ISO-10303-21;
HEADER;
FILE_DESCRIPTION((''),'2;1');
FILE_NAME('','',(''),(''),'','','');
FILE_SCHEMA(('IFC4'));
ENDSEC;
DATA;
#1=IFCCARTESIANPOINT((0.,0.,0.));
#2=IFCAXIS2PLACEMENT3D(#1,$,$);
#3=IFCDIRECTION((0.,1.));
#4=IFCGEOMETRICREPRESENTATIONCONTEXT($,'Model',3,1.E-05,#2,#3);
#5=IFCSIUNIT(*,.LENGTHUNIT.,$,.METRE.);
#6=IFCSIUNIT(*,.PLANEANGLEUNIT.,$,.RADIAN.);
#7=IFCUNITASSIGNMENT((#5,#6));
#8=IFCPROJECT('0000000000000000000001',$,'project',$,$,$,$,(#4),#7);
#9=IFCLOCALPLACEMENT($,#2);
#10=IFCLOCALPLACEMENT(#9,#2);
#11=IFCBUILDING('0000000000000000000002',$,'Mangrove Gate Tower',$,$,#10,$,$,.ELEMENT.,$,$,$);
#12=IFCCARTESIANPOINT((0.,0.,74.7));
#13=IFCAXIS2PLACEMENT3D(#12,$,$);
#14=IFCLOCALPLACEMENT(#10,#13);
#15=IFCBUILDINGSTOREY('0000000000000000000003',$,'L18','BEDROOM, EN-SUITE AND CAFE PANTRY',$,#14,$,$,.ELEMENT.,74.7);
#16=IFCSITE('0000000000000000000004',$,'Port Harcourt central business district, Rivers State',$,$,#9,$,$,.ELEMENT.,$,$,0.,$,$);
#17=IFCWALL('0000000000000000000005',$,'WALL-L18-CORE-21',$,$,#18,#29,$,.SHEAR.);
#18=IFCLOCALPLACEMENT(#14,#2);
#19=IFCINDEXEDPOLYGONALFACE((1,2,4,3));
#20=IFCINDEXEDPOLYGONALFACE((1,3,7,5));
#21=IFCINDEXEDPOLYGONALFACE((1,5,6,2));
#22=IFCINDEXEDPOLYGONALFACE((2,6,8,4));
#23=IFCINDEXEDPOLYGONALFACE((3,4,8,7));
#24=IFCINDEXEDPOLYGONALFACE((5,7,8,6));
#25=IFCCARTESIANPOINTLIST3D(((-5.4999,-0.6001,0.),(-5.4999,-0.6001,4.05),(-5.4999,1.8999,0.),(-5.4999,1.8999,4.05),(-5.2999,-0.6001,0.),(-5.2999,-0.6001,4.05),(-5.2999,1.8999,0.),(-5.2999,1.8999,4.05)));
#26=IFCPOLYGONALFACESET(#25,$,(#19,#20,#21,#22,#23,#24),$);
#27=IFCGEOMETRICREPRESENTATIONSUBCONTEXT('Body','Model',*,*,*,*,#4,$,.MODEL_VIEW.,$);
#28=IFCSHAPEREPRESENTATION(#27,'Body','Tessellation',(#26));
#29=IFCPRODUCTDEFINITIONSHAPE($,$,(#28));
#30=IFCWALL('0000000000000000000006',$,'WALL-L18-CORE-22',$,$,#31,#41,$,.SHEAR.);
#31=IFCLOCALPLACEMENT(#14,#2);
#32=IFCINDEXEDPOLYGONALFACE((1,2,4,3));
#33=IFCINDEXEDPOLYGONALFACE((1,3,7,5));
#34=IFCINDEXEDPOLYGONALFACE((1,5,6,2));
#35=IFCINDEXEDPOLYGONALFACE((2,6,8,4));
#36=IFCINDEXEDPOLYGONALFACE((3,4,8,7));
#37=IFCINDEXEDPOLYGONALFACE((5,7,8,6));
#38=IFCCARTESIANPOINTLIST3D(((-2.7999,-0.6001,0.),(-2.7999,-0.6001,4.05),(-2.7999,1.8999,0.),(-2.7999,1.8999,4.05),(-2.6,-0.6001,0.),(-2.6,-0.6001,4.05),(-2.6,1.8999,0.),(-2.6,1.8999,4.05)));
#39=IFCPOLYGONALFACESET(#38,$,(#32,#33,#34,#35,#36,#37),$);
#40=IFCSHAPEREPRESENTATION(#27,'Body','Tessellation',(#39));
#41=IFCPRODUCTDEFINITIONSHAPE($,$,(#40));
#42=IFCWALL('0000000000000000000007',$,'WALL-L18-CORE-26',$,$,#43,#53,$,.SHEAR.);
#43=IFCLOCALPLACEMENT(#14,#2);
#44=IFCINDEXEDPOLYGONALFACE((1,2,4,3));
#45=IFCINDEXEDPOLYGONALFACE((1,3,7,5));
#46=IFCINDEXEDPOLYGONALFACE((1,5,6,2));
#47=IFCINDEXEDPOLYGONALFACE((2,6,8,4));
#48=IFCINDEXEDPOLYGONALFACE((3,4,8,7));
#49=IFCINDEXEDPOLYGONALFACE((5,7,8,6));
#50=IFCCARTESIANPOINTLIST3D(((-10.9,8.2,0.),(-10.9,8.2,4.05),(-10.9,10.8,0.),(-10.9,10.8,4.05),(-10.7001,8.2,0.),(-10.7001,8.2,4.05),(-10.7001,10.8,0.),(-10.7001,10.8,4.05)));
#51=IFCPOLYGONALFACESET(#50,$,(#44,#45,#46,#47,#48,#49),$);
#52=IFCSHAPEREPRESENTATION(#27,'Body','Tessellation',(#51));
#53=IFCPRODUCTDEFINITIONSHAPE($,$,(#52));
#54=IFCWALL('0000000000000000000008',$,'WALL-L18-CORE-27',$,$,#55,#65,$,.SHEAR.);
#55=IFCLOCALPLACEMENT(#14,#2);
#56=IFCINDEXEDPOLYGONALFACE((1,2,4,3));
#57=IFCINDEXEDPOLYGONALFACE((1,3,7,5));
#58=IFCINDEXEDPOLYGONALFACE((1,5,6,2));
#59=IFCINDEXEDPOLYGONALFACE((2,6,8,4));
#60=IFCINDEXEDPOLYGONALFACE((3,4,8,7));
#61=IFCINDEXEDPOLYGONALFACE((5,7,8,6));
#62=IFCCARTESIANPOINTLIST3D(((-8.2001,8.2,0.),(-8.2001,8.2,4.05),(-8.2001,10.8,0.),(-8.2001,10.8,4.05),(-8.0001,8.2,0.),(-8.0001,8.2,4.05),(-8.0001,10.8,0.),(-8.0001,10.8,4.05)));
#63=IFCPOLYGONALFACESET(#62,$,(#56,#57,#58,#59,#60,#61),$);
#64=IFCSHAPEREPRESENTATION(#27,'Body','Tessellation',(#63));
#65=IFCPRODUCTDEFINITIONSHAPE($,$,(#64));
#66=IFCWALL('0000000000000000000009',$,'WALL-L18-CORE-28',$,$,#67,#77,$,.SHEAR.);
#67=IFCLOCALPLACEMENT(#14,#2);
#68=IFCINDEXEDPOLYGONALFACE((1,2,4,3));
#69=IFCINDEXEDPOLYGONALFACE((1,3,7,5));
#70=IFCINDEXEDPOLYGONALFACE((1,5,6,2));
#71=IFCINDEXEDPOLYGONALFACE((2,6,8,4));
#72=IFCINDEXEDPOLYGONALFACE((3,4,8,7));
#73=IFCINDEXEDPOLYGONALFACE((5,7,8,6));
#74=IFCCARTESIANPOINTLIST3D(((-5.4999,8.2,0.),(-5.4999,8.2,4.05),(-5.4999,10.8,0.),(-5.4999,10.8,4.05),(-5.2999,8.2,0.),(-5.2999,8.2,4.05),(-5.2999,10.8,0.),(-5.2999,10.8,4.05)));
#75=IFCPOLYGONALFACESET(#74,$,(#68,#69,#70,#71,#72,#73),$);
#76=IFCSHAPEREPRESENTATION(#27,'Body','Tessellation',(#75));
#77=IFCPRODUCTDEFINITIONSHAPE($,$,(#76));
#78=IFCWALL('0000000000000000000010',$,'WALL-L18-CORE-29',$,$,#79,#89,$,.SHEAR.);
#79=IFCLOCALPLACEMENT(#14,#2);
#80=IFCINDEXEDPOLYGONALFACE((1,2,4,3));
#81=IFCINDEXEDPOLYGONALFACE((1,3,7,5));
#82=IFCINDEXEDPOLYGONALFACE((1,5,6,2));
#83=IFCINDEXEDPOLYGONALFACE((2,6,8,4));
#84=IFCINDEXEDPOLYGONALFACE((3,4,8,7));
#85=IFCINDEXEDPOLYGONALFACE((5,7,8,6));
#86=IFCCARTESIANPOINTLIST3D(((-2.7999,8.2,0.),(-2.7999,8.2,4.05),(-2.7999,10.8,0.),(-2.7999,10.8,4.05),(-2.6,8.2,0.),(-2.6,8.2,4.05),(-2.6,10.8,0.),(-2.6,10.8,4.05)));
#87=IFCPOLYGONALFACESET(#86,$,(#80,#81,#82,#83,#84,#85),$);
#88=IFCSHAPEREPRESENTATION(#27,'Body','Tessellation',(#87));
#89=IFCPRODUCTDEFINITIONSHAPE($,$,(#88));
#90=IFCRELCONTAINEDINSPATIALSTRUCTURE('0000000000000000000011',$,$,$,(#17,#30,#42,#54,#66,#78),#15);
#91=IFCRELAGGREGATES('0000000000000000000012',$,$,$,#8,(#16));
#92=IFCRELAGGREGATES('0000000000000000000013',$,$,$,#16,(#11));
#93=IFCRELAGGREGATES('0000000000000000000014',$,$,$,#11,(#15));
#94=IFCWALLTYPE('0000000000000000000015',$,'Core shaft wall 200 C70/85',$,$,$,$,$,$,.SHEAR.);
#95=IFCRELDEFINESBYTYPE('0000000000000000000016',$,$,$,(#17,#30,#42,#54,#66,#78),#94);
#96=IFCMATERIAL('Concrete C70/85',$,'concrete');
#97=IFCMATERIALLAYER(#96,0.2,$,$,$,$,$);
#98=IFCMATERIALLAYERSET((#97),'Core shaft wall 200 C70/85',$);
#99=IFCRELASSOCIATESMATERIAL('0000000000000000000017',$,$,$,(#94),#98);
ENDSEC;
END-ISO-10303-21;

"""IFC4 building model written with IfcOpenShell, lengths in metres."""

from ifc_helpers import new_model, si_unit, direction, frame, frame_2d, origin, place, context, subcontext, project, spatial, rectangle, extrude, material, layer, layer_set, type_object, element, save


model = new_model("IFC4")

# Units and contexts
model_context = context("Model", 3, precision=1e-05, world=origin(), true_north=direction((0.0, 1.0)))
body_context = subcontext(model_context, "Body", "Model", "MODEL_VIEW")
ifc_project = project(units=[si_unit("LENGTHUNIT", "METRE"), si_unit("PLANEANGLEUNIT", "RADIAN")], contexts=[model_context])

# Site, building, storey
site_placement = place(None, origin())
site = spatial("IfcSite", under=ifc_project, at=site_placement, Name="Port Harcourt central business district, Rivers State", CompositionType="ELEMENT", RefElevation=0.0)
building_placement = place(site_placement, origin())
building = spatial("IfcBuilding", under=site, at=building_placement, Name="Mangrove Gate Tower", CompositionType="ELEMENT")
storey_placement = place(building_placement, frame((0.0, 0.0, 74.7)))
storey = spatial("IfcBuildingStorey", under=building, at=storey_placement, Name="L18", Description="BEDROOM, EN-SUITE AND CAFE PANTRY", CompositionType="ELEMENT", Elevation=74.7)

# Shared definitions
ifc_material_1 = material(Name="Concrete C70/85", Category="concrete")
ifc_layer = layer(ifc_material_1, 0.2)
ifc_layer_set = layer_set([ifc_layer], Name="Core shaft wall 200 C70/85")
wall_type = type_object("IfcWallType", Name="Core shaft wall 200 C70/85", PredefinedType="SHEAR", material=ifc_layer_set)

# Walls
for number, where, z_axis, x_axis, name in (
    (1, (-5.3999, -0.6001, 0.0), (0.0, 0.0, 1.0), (0.0, 1.0, 0.0), "WALL-L18-CORE-21"),
    (2, (-2.7, -0.6001, 0.0), (0.0, 0.0, 1.0), (0.0, 1.0, 0.0), "WALL-L18-CORE-22"),
):
    element("IfcWall", number, at=place(storey_placement, frame(where, z_axis=z_axis, x_axis=x_axis)), inside=storey, type_object=wall_type, Name=name, PredefinedType="SHEAR", context=body_context, shape_type="SweptSolid", body=[
        extrude(rectangle(XDim=2.5, YDim=0.2, at=frame_2d((1.25, 0.0))), origin(), (0.0, 0.0, 1.0), 4.05),
    ])
for number, where, z_axis, x_axis, name in (
    (3, (-10.8, 8.2, 0.0), (0.0, 0.0, 1.0), (0.0, 1.0, 0.0), "WALL-L18-CORE-26"),
    (4, (-8.1001, 8.2, 0.0), (0.0, 0.0, 1.0), (0.0, 1.0, 0.0), "WALL-L18-CORE-27"),
    (5, (-5.3999, 8.2, 0.0), (0.0, 0.0, 1.0), (0.0, 1.0, 0.0), "WALL-L18-CORE-28"),
    (6, (-2.7, 8.2, 0.0), (0.0, 0.0, 1.0), (0.0, 1.0, 0.0), "WALL-L18-CORE-29"),
):
    element("IfcWall", number, at=place(storey_placement, frame(where, z_axis=z_axis, x_axis=x_axis)), inside=storey, type_object=wall_type, Name=name, PredefinedType="SHEAR", context=body_context, shape_type="SweptSolid", body=[
        extrude(rectangle(XDim=2.6001, YDim=0.2, at=frame_2d((1.3, 0.0))), origin(), (0.0, 0.0, 1.0), 4.05),
    ])

save(model, "model.ifc")
